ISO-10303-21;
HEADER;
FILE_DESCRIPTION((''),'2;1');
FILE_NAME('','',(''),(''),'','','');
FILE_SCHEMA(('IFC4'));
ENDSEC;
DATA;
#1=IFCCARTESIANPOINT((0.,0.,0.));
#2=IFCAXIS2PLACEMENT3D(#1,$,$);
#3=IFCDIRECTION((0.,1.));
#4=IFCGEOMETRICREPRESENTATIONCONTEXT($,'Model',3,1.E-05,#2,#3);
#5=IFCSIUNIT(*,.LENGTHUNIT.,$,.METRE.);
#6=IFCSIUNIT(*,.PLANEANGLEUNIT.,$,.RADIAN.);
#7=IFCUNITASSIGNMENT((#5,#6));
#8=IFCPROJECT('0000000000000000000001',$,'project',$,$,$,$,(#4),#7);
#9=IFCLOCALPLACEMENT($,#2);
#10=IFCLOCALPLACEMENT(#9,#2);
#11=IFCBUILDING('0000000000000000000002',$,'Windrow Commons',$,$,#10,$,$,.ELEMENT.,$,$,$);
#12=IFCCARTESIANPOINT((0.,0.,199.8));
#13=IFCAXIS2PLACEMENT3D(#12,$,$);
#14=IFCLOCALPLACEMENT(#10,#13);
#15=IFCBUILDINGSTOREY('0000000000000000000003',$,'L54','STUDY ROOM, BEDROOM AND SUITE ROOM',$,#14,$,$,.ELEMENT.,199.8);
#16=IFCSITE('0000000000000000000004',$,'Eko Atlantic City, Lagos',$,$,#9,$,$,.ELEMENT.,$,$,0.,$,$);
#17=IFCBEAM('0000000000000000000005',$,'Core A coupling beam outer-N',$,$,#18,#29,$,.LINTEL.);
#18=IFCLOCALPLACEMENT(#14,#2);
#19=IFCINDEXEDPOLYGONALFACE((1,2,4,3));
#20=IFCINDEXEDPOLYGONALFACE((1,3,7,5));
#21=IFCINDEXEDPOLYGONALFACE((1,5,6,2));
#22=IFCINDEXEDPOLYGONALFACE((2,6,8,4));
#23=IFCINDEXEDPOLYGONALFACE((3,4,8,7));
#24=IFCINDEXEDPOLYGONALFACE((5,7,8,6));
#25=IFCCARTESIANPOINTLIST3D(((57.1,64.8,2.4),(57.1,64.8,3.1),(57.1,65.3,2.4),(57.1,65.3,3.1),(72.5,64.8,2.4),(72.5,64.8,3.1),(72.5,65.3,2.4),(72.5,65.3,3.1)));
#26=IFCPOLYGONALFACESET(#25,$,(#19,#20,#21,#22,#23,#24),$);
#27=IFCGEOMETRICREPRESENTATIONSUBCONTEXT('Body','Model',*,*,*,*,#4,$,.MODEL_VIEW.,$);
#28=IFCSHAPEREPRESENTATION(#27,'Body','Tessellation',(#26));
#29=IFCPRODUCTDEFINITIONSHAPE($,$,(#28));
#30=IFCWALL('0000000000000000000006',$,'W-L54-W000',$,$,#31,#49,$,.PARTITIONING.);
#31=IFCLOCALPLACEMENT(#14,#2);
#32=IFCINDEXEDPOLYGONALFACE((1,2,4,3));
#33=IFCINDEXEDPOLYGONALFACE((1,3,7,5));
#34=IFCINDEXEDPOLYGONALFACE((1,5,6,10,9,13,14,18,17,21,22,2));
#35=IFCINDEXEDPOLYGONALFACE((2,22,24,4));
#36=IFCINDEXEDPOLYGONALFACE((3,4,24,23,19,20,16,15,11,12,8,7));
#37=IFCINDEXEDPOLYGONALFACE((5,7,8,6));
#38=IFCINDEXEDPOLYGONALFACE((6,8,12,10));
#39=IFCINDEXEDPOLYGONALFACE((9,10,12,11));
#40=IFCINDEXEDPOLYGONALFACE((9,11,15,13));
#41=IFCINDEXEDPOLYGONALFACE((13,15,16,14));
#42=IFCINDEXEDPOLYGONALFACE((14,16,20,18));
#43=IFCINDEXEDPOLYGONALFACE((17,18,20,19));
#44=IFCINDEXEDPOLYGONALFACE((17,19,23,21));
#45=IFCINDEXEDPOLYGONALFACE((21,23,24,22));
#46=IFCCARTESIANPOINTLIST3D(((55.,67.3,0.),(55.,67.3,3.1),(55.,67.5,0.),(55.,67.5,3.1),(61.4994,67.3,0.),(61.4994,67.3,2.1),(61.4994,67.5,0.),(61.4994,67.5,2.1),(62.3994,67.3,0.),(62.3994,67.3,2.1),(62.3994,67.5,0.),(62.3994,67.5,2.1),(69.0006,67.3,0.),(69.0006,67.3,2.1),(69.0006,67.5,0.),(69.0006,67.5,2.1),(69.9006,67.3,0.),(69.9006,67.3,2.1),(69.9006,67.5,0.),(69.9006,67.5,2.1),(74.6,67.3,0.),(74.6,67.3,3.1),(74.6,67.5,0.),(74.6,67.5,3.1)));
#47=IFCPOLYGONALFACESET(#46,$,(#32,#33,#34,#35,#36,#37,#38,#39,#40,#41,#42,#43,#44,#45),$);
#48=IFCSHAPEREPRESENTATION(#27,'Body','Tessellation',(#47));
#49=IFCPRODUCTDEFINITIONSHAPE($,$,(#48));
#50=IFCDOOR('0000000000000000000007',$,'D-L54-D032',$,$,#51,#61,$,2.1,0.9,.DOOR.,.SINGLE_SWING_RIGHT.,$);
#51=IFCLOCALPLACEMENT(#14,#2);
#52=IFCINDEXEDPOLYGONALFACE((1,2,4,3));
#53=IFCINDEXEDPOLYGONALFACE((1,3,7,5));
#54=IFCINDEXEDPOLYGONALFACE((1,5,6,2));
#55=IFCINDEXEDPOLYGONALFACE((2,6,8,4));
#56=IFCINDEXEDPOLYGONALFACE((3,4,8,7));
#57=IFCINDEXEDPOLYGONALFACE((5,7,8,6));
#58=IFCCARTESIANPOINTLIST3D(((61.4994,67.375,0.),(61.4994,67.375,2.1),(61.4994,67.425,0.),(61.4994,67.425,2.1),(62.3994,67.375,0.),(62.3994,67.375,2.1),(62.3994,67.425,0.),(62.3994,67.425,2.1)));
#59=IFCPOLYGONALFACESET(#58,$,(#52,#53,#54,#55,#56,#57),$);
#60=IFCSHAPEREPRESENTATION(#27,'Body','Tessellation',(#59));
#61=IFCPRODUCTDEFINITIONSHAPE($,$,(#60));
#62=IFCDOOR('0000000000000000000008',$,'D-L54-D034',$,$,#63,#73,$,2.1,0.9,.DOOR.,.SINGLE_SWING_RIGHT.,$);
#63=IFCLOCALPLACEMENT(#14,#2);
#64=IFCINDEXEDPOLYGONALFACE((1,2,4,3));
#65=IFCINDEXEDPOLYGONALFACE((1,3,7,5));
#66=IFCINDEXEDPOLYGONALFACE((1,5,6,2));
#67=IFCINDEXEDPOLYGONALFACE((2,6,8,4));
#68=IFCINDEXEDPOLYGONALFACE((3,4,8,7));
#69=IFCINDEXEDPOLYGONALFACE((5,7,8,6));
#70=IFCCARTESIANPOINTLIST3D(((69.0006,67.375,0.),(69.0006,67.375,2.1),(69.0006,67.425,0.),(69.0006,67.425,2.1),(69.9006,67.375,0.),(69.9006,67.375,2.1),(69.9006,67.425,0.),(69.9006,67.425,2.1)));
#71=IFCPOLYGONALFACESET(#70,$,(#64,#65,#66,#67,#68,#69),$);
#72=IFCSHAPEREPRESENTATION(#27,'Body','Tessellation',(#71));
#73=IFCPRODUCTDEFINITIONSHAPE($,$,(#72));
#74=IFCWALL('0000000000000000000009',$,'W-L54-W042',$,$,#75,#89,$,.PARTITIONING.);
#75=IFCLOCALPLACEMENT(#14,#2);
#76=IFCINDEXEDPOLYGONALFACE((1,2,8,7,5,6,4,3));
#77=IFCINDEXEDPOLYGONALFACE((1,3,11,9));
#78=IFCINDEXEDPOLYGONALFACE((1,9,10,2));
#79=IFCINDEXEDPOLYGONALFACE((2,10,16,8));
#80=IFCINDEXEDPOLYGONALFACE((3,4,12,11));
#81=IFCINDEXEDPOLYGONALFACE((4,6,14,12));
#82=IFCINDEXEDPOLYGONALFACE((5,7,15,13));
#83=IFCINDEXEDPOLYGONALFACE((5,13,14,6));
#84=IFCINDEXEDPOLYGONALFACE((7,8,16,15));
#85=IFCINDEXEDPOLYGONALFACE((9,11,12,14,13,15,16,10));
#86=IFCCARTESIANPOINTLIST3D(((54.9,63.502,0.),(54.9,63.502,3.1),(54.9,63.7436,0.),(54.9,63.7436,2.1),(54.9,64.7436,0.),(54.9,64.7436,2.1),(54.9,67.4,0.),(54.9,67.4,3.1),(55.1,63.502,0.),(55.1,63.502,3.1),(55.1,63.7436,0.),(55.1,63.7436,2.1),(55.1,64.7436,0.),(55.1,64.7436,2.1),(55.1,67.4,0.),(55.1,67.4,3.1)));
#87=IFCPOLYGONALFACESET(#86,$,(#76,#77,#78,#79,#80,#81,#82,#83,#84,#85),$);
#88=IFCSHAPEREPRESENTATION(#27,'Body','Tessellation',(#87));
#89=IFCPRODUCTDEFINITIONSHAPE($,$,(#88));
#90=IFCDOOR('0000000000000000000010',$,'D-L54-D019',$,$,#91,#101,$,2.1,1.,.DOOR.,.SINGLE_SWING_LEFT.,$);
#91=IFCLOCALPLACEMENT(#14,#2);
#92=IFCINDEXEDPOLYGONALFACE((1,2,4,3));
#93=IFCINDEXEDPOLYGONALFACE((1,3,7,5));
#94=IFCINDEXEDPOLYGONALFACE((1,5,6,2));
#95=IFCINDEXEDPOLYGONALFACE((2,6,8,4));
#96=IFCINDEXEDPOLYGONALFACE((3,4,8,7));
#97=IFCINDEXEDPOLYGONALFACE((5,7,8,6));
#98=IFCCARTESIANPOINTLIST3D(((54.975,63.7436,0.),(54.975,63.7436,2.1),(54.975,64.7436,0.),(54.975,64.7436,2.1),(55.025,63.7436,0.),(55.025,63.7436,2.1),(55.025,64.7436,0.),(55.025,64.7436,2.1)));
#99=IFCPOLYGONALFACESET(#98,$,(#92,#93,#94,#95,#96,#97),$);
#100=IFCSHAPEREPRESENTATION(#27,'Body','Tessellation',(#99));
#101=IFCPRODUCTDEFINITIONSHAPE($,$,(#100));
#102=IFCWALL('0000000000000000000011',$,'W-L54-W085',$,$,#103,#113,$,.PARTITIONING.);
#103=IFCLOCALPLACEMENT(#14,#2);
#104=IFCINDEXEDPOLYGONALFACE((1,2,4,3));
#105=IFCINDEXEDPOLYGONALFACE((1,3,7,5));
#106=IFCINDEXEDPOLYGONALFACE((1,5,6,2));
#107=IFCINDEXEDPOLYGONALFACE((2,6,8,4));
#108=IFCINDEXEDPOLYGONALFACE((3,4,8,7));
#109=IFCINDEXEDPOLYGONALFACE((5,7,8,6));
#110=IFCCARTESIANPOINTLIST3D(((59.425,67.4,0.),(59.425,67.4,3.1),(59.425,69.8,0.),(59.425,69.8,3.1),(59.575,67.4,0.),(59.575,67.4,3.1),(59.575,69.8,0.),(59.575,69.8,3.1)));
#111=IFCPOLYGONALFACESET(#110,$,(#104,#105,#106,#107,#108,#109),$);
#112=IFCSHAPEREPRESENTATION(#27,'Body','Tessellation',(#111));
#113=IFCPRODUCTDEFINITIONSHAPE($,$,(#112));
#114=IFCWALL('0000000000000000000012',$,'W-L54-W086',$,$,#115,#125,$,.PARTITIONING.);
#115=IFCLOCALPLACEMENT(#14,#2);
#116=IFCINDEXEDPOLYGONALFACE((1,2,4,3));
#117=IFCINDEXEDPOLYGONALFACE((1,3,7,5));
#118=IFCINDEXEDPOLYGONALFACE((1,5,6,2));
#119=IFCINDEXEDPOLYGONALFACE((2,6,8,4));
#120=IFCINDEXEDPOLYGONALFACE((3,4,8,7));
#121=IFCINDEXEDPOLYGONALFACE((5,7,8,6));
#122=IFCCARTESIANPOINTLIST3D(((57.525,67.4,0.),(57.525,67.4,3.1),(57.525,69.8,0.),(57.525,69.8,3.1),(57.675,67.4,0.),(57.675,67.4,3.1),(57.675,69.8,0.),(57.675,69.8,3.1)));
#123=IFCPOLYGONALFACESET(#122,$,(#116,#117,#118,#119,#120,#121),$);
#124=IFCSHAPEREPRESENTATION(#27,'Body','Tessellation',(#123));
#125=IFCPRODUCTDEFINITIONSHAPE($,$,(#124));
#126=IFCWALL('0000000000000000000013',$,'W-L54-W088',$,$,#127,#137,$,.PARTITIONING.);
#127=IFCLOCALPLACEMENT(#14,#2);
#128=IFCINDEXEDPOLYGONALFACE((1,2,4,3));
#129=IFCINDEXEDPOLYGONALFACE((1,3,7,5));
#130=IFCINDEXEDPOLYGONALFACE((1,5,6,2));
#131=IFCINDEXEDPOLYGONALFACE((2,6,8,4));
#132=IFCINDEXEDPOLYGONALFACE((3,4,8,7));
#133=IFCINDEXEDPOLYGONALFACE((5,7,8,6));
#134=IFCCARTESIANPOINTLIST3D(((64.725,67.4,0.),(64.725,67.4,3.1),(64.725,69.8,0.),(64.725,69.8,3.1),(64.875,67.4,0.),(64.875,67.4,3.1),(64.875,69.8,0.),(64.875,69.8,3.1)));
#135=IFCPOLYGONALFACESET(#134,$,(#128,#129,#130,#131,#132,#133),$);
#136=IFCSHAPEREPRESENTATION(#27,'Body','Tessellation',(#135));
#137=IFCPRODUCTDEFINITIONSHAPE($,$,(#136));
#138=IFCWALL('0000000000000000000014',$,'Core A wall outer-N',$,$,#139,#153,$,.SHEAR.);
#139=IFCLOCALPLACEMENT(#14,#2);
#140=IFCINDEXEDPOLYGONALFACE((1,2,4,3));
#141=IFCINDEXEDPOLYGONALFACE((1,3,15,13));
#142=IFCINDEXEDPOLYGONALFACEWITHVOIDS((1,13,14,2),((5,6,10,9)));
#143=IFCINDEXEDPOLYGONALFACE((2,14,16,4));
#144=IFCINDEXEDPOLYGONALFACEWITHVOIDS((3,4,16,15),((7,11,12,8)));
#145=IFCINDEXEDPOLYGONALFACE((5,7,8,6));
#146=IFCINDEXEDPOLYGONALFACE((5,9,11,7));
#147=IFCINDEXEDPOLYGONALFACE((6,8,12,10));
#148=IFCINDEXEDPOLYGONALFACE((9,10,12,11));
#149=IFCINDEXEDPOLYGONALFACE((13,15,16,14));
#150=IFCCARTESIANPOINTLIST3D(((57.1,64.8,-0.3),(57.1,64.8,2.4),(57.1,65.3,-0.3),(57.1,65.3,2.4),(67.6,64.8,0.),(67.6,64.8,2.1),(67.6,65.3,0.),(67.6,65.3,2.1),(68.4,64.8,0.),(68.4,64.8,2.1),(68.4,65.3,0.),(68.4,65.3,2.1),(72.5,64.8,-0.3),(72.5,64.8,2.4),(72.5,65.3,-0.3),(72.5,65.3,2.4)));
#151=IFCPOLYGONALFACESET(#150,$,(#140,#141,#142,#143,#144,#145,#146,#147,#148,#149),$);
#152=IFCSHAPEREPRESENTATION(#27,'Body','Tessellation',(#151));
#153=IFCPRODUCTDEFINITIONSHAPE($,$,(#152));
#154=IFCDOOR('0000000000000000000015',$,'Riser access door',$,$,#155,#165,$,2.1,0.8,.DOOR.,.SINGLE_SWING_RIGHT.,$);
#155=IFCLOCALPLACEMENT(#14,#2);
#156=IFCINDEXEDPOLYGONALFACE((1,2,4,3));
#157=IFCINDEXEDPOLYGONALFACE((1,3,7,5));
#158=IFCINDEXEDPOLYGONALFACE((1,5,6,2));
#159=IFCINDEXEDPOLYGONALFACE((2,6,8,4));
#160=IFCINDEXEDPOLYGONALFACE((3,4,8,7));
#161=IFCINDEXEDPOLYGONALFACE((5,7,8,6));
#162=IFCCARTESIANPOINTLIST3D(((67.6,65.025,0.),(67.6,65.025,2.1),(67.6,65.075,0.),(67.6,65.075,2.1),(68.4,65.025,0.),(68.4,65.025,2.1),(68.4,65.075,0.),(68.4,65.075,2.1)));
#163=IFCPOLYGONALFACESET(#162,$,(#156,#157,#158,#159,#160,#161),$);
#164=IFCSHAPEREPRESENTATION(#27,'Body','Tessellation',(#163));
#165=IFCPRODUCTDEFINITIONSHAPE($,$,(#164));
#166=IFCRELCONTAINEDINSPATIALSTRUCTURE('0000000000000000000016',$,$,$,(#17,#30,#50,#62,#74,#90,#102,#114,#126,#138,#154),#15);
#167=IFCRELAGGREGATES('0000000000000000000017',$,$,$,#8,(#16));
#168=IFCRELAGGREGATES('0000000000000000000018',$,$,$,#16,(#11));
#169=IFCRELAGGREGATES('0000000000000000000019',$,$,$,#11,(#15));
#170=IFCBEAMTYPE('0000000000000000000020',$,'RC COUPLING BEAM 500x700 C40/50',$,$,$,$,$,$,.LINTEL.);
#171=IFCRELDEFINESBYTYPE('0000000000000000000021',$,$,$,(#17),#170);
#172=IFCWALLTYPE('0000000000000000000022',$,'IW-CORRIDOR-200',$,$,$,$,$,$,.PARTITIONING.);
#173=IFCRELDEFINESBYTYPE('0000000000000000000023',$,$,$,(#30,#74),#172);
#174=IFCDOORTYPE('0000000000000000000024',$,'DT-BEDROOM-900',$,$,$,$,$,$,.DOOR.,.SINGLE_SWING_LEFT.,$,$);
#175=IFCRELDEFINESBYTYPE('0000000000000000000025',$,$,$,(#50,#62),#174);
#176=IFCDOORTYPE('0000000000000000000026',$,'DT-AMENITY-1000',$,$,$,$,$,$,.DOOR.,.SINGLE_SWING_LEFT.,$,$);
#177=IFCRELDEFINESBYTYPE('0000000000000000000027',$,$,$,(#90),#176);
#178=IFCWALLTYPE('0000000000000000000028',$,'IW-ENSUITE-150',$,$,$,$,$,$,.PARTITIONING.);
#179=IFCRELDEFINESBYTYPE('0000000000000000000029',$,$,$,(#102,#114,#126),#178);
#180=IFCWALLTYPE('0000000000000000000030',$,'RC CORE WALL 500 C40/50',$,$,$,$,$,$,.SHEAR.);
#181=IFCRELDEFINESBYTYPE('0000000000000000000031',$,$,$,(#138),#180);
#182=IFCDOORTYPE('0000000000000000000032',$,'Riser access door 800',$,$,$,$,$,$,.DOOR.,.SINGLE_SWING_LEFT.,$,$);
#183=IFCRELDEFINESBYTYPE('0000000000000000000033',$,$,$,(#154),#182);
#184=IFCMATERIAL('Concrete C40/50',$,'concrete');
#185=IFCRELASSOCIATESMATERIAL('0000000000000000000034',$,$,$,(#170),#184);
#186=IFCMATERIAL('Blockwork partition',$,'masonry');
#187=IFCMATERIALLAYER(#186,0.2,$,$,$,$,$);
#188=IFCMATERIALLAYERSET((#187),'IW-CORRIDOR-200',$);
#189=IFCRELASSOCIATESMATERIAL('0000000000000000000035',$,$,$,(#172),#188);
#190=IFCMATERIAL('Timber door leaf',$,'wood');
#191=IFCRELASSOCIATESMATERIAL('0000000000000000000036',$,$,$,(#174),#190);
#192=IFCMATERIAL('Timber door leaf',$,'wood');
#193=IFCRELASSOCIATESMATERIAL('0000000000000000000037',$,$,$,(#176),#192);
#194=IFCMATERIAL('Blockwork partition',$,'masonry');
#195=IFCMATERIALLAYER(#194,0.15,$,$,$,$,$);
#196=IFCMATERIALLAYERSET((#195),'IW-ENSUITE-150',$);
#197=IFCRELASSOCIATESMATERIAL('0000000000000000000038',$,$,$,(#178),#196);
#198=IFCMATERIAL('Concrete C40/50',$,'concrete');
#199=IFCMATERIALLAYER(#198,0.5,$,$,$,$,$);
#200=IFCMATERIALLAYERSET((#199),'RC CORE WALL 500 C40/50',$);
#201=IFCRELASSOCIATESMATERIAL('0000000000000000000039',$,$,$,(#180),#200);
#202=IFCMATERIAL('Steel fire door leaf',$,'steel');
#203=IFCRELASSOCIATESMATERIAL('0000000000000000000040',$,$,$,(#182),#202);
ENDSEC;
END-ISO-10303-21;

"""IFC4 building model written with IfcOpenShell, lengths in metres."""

from ifc_helpers import new_model, si_unit, direction, frame, frame_2d, origin, origin_2d, place, context, subcontext, project, spatial, rectangle, extrude, material, layer, layer_set, material_profile, profile_set, type_object, element, fill, save


model = new_model("IFC4")

# Units and contexts
model_context = context("Model", 3, precision=1e-05, world=origin(), true_north=direction((0.0, 1.0)))
body_context = subcontext(model_context, "Body", "Model", "MODEL_VIEW")
ifc_project = project(units=[si_unit("LENGTHUNIT", "METRE"), si_unit("PLANEANGLEUNIT", "RADIAN")], contexts=[model_context])

# Site, building, storey
site_placement = place(None, origin())
site = spatial("IfcSite", under=ifc_project, at=site_placement, Name="Eko Atlantic City, Lagos", CompositionType="ELEMENT", RefElevation=0.0)
building_placement = place(site_placement, origin())
building = spatial("IfcBuilding", under=site, at=building_placement, Name="Windrow Commons", CompositionType="ELEMENT")
storey_placement = place(building_placement, frame((0.0, 0.0, 199.8)))
storey = spatial("IfcBuildingStorey", under=building, at=storey_placement, Name="L54", Description="STUDY ROOM, BEDROOM AND SUITE ROOM", CompositionType="ELEMENT", Elevation=199.8)

# Beam
ifc_material_1 = material(Name="Concrete C40/50", Category="concrete")
ifc_material_profile = material_profile(ifc_material_1, rectangle(XDim=0.5, YDim=0.7, at=origin_2d()))
ifc_profile_set = profile_set([ifc_material_profile], Name="Concrete C40/50")
beam_type = type_object("IfcBeamType", Name="RC COUPLING BEAM 500x700 C40/50", PredefinedType="LINTEL", material=ifc_profile_set)
beam_placement = place(storey_placement, frame((57.1, 65.05, 2.75), z_axis=(1.0, 0.0, 0.0), x_axis=(0.0, 1.0, 0.0)))
element("IfcBeam", 1, at=beam_placement, inside=storey, type_object=beam_type, Name="Core A coupling beam outer-N", PredefinedType="LINTEL", context=body_context, shape_type="SweptSolid", body=[
    extrude(rectangle(XDim=0.5, YDim=0.7, at=origin_2d()), origin(), (0.0, 0.0, 1.0), 15.4),
])

# Wall, openings, doors
ifc_material_2 = material(Name="Blockwork partition", Category="masonry")
ifc_layer_1 = layer(ifc_material_2, 0.2)
ifc_layer_set_1 = layer_set([ifc_layer_1], Name="IW-CORRIDOR-200")
wall_type_1 = type_object("IfcWallType", Name="IW-CORRIDOR-200", PredefinedType="PARTITIONING", material=ifc_layer_set_1)
wall_1_placement = place(storey_placement, frame((55.0, 67.4, 0.0), z_axis=(0.0, 0.0, 1.0), x_axis=(1.0, 0.0, 0.0)))
wall_1 = element("IfcWall", 2, at=wall_1_placement, inside=storey, type_object=wall_type_1, Name="W-L54-W000", PredefinedType="PARTITIONING", context=body_context, shape_type="SweptSolid", body=[
    extrude(rectangle(XDim=19.6, YDim=0.2, at=frame_2d((9.8, 0.0))), origin(), (0.0, 0.0, 1.0), 3.1),
])
opening_1_placement = place(wall_1_placement, frame((6.4994, 0.0, 0.0)))
opening_1 = element("IfcOpeningElement", 3, at=opening_1_placement, cuts=wall_1, PredefinedType="OPENING", context=body_context, shape_type="SweptSolid", body=[
    extrude(rectangle(XDim=0.9, YDim=2.1, at=frame_2d((0.45, 1.05))), frame((0.0, 0.11, 0.0), z_axis=(0.0, -1.0, 0.0), x_axis=(1.0, 0.0, 0.0)), (0.0, 0.0, 1.0), 0.22),
])
opening_2_placement = place(wall_1_placement, frame((14.0006, 0.0, 0.0)))
opening_2 = element("IfcOpeningElement", 4, at=opening_2_placement, cuts=wall_1, PredefinedType="OPENING", context=body_context, shape_type="SweptSolid", body=[
    extrude(rectangle(XDim=0.9, YDim=2.1, at=frame_2d((0.45, 1.05))), frame((0.0, 0.11, 0.0), z_axis=(0.0, -1.0, 0.0), x_axis=(1.0, 0.0, 0.0)), (0.0, 0.0, 1.0), 0.22),
])
ifc_material_3 = material(Name="Timber door leaf", Category="wood")
door_type_1 = type_object("IfcDoorType", Name="DT-BEDROOM-900", OperationType="SINGLE_SWING_LEFT", PredefinedType="DOOR", material=ifc_material_3)
door_1_placement = place(opening_1_placement, origin())
door_1 = element("IfcDoor", 5, at=door_1_placement, inside=storey, type_object=door_type_1, Name="D-L54-D032", OperationType="SINGLE_SWING_RIGHT", OverallHeight=2.1, OverallWidth=0.9, PredefinedType="DOOR", context=body_context, shape_type="SweptSolid", body=[
    extrude(rectangle(XDim=0.9, YDim=2.1, at=frame_2d((0.45, 1.05))), frame((0.0, 0.025, 0.0), z_axis=(0.0, -1.0, 0.0), x_axis=(1.0, 0.0, 0.0)), (0.0, 0.0, 1.0), 0.05),
])
fill(opening_1, door_1)
door_2_placement = place(opening_2_placement, origin())
door_2 = element("IfcDoor", 6, at=door_2_placement, inside=storey, type_object=door_type_1, Name="D-L54-D034", OperationType="SINGLE_SWING_RIGHT", OverallHeight=2.1, OverallWidth=0.9, PredefinedType="DOOR", context=body_context, shape_type="SweptSolid", body=[
    extrude(rectangle(XDim=0.9, YDim=2.1, at=frame_2d((0.45, 1.05))), frame((0.0, 0.025, 0.0), z_axis=(0.0, -1.0, 0.0), x_axis=(1.0, 0.0, 0.0)), (0.0, 0.0, 1.0), 0.05),
])
fill(opening_2, door_2)

# Wall, opening, door
wall_2_placement = place(storey_placement, frame((55.0, 63.502, 0.0), z_axis=(0.0, 0.0, 1.0), x_axis=(0.0, 1.0, 0.0)))
wall_2 = element("IfcWall", 7, at=wall_2_placement, inside=storey, type_object=wall_type_1, Name="W-L54-W042", PredefinedType="PARTITIONING", context=body_context, shape_type="SweptSolid", body=[
    extrude(rectangle(XDim=3.898, YDim=0.2, at=frame_2d((1.949, 0.0))), origin(), (0.0, 0.0, 1.0), 3.1),
])
opening_3_placement = place(wall_2_placement, frame((0.2416, 0.0, 0.0)))
opening_3 = element("IfcOpeningElement", 8, at=opening_3_placement, cuts=wall_2, PredefinedType="OPENING", context=body_context, shape_type="SweptSolid", body=[
    extrude(rectangle(XDim=1.0, YDim=2.1, at=frame_2d((0.5, 1.05))), frame((0.0, 0.11, 0.0), z_axis=(0.0, -1.0, 0.0), x_axis=(1.0, 0.0, 0.0)), (0.0, 0.0, 1.0), 0.22),
])
ifc_material_4 = material(Name="Timber door leaf", Category="wood")
door_type_2 = type_object("IfcDoorType", Name="DT-AMENITY-1000", OperationType="SINGLE_SWING_LEFT", PredefinedType="DOOR", material=ifc_material_4)
door_3_placement = place(opening_3_placement, origin())
door_3 = element("IfcDoor", 9, at=door_3_placement, inside=storey, type_object=door_type_2, Name="D-L54-D019", OperationType="SINGLE_SWING_LEFT", OverallHeight=2.1, OverallWidth=1.0, PredefinedType="DOOR", context=body_context, shape_type="SweptSolid", body=[
    extrude(rectangle(XDim=1.0, YDim=2.1, at=frame_2d((0.5, 1.05))), frame((0.0, 0.025, 0.0), z_axis=(0.0, -1.0, 0.0), x_axis=(1.0, 0.0, 0.0)), (0.0, 0.0, 1.0), 0.05),
])
fill(opening_3, door_3)

# Walls
ifc_material_5 = material(Name="Blockwork partition", Category="masonry")
ifc_layer_2 = layer(ifc_material_5, 0.15)
ifc_layer_set_2 = layer_set([ifc_layer_2], Name="IW-ENSUITE-150")
wall_type_2 = type_object("IfcWallType", Name="IW-ENSUITE-150", PredefinedType="PARTITIONING", material=ifc_layer_set_2)
for number, where, z_axis, x_axis, name in (
    (10, (59.5, 67.4, 0.0), (0.0, 0.0, 1.0), (0.0, 1.0, 0.0), "W-L54-W085"),
    (11, (57.6, 67.4, 0.0), (0.0, 0.0, 1.0), (0.0, 1.0, 0.0), "W-L54-W086"),
    (12, (64.8, 67.4, 0.0), (0.0, 0.0, 1.0), (0.0, 1.0, 0.0), "W-L54-W088"),
):
    element("IfcWall", number, at=place(storey_placement, frame(where, z_axis=z_axis, x_axis=x_axis)), inside=storey, type_object=wall_type_2, Name=name, PredefinedType="PARTITIONING", context=body_context, shape_type="SweptSolid", body=[
        extrude(rectangle(XDim=2.4, YDim=0.15, at=frame_2d((1.2, 0.0))), origin(), (0.0, 0.0, 1.0), 3.1),
    ])

# Wall, opening, door
ifc_material_6 = material(Name="Concrete C40/50", Category="concrete")
ifc_layer_3 = layer(ifc_material_6, 0.5)
ifc_layer_set_3 = layer_set([ifc_layer_3], Name="RC CORE WALL 500 C40/50")
wall_type_3 = type_object("IfcWallType", Name="RC CORE WALL 500 C40/50", PredefinedType="SHEAR", material=ifc_layer_set_3)
wall_3_placement = place(storey_placement, frame((57.1, 65.05, -0.3), z_axis=(0.0, 0.0, 1.0), x_axis=(1.0, 0.0, 0.0)))
wall_3 = element("IfcWall", 13, at=wall_3_placement, inside=storey, type_object=wall_type_3, Name="Core A wall outer-N", PredefinedType="SHEAR", context=body_context, shape_type="SweptSolid", body=[
    extrude(rectangle(XDim=15.4, YDim=0.5, at=frame_2d((7.7, 0.0))), origin(), (0.0, 0.0, 1.0), 2.7),
])
opening_4_placement = place(wall_3_placement, frame((10.5, 0.0, 0.3)))
opening_4 = element("IfcOpeningElement", 14, at=opening_4_placement, cuts=wall_3, PredefinedType="OPENING", context=body_context, shape_type="SweptSolid", body=[
    extrude(rectangle(XDim=0.8, YDim=2.1, at=frame_2d((0.4, 1.05))), frame((0.0, 0.26, 0.0), z_axis=(0.0, -1.0, 0.0), x_axis=(1.0, 0.0, 0.0)), (0.0, 0.0, 1.0), 0.52),
])
ifc_material_7 = material(Name="Steel fire door leaf", Category="steel")
door_type_3 = type_object("IfcDoorType", Name="Riser access door 800", OperationType="SINGLE_SWING_LEFT", PredefinedType="DOOR", material=ifc_material_7)
door_4_placement = place(opening_4_placement, origin())
door_4 = element("IfcDoor", 15, at=door_4_placement, inside=storey, type_object=door_type_3, Name="Riser access door", OperationType="SINGLE_SWING_RIGHT", OverallHeight=2.1, OverallWidth=0.8, PredefinedType="DOOR", context=body_context, shape_type="SweptSolid", body=[
    extrude(rectangle(XDim=0.8, YDim=2.1, at=frame_2d((0.4, 1.05))), frame((0.0, 0.025, 0.0), z_axis=(0.0, -1.0, 0.0), x_axis=(1.0, 0.0, 0.0)), (0.0, 0.0, 1.0), 0.05),
])
fill(opening_4, door_4)

save(model, "model.ifc")
